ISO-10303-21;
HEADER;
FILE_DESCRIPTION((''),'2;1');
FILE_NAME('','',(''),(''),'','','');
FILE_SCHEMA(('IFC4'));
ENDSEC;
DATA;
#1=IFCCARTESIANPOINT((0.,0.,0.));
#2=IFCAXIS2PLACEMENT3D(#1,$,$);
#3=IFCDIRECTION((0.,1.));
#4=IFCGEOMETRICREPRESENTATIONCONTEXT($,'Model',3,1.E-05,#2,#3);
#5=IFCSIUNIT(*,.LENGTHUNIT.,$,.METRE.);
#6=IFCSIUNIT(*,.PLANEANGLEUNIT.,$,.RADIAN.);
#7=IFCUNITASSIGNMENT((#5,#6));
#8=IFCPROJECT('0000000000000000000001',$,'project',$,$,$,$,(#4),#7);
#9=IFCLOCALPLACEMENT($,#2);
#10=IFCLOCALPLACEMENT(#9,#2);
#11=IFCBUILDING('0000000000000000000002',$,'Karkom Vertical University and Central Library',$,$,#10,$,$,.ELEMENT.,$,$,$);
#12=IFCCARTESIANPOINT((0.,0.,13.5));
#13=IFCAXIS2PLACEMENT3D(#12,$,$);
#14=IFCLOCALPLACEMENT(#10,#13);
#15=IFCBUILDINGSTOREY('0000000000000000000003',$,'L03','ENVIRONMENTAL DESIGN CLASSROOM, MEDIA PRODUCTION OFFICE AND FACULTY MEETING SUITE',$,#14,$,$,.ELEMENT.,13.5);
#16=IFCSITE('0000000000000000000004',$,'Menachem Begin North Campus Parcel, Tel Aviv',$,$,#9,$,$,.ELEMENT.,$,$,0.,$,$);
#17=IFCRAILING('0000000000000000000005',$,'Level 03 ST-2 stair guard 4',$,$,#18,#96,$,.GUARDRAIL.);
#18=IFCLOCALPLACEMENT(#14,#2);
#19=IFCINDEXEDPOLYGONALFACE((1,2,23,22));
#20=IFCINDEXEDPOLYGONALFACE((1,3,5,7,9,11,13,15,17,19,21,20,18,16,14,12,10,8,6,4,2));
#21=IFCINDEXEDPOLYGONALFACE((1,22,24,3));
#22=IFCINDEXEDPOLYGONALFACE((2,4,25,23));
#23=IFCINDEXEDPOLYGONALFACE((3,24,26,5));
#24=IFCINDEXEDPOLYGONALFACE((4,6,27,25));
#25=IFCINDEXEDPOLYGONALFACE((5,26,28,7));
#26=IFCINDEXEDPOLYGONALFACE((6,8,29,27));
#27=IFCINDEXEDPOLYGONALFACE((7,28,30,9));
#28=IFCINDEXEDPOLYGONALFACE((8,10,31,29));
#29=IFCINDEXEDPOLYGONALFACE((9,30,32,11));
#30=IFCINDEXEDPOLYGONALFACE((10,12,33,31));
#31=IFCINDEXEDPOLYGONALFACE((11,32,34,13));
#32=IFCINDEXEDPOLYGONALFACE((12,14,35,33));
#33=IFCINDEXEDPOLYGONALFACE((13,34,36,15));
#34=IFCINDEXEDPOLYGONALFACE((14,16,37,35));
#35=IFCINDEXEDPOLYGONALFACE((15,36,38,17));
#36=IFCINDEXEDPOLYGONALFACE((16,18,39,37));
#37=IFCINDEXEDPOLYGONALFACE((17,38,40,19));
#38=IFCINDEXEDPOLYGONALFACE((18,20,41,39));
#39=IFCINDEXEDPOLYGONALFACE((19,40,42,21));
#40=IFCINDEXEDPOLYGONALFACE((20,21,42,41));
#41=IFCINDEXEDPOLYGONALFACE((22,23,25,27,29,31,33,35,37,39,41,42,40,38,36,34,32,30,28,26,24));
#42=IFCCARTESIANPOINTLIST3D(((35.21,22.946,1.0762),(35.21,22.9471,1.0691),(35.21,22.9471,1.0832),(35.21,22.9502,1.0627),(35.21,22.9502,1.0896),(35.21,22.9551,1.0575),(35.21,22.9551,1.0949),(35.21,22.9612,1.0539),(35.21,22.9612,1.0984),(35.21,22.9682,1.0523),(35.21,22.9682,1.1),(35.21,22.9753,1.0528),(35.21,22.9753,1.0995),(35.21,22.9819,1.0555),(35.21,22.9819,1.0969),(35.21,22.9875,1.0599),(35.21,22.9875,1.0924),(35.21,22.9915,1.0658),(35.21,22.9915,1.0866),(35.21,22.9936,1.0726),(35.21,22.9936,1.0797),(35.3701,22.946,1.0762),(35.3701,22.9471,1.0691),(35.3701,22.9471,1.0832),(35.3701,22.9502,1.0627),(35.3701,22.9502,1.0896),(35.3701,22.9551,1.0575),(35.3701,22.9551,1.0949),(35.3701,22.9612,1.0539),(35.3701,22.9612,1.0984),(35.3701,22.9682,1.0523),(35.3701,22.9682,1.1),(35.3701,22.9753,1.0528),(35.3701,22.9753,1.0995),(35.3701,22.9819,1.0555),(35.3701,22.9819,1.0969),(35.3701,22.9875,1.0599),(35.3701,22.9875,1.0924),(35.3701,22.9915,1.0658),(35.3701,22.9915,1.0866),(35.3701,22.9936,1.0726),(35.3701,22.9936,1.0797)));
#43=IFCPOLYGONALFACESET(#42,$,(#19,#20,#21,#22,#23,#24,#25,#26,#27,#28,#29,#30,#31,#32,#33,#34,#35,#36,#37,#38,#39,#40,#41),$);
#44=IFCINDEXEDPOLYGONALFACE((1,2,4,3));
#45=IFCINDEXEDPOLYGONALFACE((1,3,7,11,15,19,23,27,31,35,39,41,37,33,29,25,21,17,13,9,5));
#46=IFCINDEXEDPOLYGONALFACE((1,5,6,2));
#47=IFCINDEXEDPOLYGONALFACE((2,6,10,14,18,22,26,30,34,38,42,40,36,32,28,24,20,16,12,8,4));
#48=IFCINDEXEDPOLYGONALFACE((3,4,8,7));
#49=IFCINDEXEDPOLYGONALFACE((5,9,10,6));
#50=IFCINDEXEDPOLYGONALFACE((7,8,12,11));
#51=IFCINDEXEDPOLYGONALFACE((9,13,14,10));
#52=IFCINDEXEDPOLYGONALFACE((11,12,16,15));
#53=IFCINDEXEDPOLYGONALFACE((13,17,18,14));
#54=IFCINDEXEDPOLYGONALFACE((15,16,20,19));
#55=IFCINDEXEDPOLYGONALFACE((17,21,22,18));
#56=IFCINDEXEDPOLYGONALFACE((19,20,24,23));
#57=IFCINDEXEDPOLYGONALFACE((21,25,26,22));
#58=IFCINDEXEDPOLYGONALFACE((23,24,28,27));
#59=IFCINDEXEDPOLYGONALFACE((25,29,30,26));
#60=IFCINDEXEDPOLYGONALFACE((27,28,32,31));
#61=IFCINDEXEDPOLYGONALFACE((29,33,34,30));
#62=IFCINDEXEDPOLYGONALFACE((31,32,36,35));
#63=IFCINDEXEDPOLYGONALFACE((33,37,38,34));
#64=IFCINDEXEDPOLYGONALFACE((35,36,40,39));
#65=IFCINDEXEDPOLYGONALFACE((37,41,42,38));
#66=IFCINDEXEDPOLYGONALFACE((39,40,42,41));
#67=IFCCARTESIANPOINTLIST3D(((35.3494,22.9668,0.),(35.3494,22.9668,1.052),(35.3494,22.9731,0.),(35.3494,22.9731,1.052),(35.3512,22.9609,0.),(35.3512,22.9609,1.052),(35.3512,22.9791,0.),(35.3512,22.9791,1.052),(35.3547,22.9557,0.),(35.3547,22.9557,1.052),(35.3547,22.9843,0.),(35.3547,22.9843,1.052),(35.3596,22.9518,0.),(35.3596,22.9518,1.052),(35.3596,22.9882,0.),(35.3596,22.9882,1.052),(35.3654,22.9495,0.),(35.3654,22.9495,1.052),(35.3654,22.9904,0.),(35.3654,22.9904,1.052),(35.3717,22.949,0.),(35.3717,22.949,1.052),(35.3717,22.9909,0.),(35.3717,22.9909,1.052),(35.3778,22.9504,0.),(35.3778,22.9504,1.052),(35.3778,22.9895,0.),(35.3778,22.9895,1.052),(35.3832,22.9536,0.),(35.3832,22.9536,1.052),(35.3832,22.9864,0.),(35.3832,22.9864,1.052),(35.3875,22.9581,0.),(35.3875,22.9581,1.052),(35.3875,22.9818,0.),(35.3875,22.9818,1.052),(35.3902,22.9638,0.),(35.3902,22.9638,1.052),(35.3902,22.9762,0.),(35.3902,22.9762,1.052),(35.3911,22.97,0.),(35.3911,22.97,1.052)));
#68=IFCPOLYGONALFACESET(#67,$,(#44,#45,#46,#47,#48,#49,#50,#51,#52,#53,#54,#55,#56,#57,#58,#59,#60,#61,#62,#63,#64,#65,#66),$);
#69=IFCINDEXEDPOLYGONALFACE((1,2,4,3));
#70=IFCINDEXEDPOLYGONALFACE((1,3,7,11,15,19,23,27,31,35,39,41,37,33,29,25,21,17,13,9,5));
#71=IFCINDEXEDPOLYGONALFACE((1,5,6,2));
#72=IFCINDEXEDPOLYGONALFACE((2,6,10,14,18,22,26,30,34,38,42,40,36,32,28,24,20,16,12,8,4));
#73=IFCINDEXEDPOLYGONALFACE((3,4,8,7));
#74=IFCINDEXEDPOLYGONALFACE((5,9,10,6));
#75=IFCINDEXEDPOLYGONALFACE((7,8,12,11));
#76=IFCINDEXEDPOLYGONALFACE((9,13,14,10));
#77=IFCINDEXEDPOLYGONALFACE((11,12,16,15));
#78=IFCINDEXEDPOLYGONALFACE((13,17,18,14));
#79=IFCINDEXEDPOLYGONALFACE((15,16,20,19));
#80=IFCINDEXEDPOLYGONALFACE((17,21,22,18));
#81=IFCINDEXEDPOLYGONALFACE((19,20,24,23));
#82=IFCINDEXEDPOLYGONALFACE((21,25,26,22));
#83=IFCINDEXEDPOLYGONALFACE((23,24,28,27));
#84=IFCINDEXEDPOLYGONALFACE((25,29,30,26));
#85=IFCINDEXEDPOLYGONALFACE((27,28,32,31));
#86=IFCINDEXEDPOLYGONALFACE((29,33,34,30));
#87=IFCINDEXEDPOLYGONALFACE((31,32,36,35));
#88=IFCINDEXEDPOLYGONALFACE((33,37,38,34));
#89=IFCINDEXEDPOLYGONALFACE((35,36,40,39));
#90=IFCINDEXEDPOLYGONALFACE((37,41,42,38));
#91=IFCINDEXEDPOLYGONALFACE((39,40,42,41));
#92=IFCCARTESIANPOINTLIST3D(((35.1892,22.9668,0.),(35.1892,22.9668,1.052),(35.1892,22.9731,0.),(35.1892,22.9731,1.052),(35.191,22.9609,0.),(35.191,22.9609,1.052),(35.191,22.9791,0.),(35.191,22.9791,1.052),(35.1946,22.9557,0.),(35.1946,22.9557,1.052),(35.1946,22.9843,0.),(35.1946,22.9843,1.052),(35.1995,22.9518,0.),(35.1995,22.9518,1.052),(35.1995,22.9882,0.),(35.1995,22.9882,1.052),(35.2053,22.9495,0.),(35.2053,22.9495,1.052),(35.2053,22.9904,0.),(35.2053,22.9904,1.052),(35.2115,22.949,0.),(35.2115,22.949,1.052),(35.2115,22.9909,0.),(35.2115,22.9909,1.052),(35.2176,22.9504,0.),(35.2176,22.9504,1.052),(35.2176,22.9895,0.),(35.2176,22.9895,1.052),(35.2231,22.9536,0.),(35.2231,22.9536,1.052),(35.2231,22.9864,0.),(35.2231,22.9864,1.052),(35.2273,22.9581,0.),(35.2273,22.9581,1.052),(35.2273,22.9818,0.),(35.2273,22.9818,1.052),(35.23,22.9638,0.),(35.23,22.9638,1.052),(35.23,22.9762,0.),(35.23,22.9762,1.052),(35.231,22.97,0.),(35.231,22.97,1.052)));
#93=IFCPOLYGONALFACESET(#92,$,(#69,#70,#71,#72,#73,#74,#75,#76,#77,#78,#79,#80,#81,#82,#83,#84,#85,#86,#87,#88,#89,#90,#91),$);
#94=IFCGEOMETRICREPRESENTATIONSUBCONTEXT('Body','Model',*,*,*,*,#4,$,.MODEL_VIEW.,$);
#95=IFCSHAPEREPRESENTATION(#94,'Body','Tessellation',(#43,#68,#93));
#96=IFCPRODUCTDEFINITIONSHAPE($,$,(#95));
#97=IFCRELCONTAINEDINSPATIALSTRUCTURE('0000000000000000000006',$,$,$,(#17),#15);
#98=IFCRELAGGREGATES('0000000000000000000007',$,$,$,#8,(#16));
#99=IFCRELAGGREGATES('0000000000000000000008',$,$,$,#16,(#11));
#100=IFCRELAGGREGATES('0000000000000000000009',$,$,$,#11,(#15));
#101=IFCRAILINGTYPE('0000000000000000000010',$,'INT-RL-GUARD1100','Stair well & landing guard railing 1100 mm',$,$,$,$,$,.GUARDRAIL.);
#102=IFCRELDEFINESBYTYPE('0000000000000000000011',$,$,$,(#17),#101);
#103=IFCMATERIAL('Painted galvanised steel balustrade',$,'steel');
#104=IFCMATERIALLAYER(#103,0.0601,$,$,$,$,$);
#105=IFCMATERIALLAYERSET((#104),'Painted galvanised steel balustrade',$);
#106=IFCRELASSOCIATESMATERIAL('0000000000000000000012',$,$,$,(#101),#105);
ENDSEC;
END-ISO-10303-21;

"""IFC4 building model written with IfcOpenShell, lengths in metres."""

from ifc_helpers import new_model, si_unit, direction, frame, origin, origin_2d, place, context, subcontext, project, spatial, circle, extrude, material, layer, layer_set, type_object, element, save


model = new_model("IFC4")

# Units and contexts
model_context = context("Model", 3, precision=1e-05, world=origin(), true_north=direction((0.0, 1.0)))
body_context = subcontext(model_context, "Body", "Model", "MODEL_VIEW")
ifc_project = project(units=[si_unit("LENGTHUNIT", "METRE"), si_unit("PLANEANGLEUNIT", "RADIAN")], contexts=[model_context])

# Site, building, storey
site_placement = place(None, origin())
site = spatial("IfcSite", under=ifc_project, at=site_placement, Name="Menachem Begin North Campus Parcel, Tel Aviv", CompositionType="ELEMENT", RefElevation=0.0)
building_placement = place(site_placement, origin())
building = spatial("IfcBuilding", under=site, at=building_placement, Name="Karkom Vertical University and Central Library", CompositionType="ELEMENT")
storey_placement = place(building_placement, frame((0.0, 0.0, 13.5)))
storey = spatial("IfcBuildingStorey", under=building, at=storey_placement, Name="L03", Description="ENVIRONMENTAL DESIGN CLASSROOM, MEDIA PRODUCTION OFFICE AND FACULTY MEETING SUITE", CompositionType="ELEMENT", Elevation=13.5)

# Railing
ifc_material_1 = material(Name="Painted galvanised steel balustrade", Category="steel")
ifc_layer_1 = layer(ifc_material_1, 0.0601)
ifc_layer_set_1 = layer_set([ifc_layer_1], Name="Painted galvanised steel balustrade")
railing_type = type_object("IfcRailingType", Name="INT-RL-GUARD1100", Description="Stair well & landing guard railing 1100 mm", PredefinedType="GUARDRAIL", material=ifc_layer_set_1)
railing_1_placement = place(storey_placement, frame((35.3701, 22.97, 0.0)))
element("IfcRailing", 1, at=railing_1_placement, inside=storey, type_object=railing_type, Name="Level 03 ST-2 stair guard 4", PredefinedType="GUARDRAIL", context=body_context, shape_type="SweptSolid", body=[
    extrude(circle(Radius=0.0239, at=origin_2d()), frame((0.0, 0.0, 1.0762), z_axis=(-1.0, 0.0, 0.0), x_axis=(0.0, -1.0, 0.0)), (0.0, 0.0, 1.0), 0.1602),
    extrude(circle(Radius=0.021, at=origin_2d()), origin(), (0.0, 0.0, 1.0), 1.052),
    extrude(circle(Radius=0.021, at=origin_2d()), frame((-0.1602, 0.0, 0.0)), (0.0, 0.0, 1.0), 1.052),
])

save(model, "model.ifc")
